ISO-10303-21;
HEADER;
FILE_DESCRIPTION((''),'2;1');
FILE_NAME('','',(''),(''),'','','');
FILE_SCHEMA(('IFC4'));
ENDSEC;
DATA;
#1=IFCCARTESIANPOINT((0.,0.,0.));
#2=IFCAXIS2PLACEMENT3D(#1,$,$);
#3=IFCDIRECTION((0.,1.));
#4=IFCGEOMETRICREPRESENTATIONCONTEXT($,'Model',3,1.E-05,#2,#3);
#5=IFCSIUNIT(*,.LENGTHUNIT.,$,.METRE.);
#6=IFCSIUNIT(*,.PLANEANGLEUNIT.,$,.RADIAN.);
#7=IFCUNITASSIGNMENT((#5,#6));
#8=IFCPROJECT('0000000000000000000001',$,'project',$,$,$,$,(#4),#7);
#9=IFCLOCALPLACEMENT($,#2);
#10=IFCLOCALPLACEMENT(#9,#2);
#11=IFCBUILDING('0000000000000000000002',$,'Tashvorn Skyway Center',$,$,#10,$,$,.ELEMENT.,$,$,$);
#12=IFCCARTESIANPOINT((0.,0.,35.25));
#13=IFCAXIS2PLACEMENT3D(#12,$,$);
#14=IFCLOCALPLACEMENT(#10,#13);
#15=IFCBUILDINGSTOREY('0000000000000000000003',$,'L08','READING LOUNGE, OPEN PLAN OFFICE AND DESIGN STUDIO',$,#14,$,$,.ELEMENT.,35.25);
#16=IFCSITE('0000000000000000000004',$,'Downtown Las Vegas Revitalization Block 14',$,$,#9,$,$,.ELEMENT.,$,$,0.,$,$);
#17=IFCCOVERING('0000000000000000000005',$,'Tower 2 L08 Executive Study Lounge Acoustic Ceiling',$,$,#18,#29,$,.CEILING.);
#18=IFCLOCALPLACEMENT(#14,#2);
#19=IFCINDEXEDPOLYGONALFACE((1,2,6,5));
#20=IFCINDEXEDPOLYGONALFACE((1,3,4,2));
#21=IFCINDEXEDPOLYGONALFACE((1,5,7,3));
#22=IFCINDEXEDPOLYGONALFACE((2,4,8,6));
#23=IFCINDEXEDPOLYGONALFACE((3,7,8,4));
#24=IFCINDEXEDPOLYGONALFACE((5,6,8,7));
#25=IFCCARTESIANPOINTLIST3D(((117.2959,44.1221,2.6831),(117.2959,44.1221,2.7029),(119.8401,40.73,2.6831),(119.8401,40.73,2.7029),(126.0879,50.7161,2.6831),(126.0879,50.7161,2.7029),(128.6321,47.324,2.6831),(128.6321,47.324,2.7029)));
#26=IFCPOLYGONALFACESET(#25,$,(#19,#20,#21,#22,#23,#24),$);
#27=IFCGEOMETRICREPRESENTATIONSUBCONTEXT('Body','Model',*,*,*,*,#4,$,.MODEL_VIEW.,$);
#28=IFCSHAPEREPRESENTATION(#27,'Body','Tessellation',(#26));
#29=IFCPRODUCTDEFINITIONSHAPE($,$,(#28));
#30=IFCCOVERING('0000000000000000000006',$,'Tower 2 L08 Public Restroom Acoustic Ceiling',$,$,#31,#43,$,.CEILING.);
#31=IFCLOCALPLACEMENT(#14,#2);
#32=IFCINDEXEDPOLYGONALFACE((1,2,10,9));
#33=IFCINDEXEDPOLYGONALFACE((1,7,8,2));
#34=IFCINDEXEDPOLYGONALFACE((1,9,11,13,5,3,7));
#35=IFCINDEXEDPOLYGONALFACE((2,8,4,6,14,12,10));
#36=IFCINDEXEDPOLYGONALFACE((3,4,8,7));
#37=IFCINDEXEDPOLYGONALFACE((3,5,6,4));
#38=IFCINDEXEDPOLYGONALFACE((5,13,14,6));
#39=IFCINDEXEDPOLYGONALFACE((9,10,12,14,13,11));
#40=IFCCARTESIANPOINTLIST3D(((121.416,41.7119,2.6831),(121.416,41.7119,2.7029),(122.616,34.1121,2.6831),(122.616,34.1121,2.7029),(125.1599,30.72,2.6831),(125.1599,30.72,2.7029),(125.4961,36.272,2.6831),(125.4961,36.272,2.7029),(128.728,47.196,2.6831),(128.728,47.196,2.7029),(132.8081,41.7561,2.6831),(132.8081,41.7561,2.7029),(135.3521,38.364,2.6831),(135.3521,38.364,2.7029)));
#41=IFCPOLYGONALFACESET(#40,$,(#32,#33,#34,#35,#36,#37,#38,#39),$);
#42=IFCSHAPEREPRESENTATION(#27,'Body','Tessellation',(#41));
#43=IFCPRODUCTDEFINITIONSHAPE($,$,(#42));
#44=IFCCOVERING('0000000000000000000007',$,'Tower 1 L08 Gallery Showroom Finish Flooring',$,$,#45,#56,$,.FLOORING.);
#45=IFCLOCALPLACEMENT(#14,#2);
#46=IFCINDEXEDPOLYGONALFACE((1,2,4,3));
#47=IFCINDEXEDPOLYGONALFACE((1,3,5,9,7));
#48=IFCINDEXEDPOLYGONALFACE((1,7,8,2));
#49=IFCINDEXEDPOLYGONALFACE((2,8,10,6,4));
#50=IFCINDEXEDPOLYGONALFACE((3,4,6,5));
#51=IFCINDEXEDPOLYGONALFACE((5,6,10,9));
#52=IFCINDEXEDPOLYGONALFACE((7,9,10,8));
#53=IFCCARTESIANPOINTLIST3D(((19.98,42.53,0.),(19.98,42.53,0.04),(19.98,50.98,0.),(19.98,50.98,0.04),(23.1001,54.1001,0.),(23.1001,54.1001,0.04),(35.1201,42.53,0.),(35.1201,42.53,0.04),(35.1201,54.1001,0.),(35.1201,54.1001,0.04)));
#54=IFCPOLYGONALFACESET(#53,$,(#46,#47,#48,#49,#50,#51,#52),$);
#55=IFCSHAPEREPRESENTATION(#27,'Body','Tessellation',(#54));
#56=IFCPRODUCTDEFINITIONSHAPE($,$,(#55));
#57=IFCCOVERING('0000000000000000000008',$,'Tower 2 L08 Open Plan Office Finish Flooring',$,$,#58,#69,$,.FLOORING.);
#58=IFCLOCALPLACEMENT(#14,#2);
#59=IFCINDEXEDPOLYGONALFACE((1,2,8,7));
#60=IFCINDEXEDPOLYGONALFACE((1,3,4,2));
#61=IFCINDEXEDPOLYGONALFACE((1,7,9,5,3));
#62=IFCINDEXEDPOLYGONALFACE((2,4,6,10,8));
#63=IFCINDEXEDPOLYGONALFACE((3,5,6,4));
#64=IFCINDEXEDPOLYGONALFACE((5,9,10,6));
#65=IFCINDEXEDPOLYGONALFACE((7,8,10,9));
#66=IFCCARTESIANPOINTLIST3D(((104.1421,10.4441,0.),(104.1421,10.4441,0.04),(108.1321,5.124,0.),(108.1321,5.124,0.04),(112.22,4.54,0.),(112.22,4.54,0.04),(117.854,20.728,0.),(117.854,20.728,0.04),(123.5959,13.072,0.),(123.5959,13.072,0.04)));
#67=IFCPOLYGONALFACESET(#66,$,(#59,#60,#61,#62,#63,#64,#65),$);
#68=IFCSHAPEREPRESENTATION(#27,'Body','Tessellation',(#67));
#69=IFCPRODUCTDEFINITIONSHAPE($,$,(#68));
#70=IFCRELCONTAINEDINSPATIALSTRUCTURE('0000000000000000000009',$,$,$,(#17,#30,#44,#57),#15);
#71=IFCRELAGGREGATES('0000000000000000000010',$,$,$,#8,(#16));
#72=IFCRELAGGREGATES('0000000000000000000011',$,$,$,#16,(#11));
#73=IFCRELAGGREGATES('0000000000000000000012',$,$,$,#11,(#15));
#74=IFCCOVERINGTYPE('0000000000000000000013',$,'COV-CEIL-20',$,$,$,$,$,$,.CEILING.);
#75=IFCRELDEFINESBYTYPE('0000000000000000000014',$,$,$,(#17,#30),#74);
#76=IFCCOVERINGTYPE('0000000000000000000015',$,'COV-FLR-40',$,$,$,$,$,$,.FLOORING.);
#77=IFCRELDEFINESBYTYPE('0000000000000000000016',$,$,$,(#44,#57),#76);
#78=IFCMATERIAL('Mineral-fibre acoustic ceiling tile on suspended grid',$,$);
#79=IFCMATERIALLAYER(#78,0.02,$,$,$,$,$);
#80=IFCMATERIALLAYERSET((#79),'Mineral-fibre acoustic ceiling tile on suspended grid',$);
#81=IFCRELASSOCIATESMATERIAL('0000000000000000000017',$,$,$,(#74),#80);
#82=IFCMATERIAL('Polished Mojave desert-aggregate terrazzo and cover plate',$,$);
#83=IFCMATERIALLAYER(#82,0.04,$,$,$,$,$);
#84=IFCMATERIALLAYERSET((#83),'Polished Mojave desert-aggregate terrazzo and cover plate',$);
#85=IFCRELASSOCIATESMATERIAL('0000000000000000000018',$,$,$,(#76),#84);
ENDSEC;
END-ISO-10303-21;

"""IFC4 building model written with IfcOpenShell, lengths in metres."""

from ifc_helpers import new_model, si_unit, direction, frame, origin, place, context, subcontext, project, spatial, polyline, outline, extrude, material, layer, layer_set, type_object, element, save


model = new_model("IFC4")

# Units and contexts
model_context = context("Model", 3, precision=1e-05, world=origin(), true_north=direction((0.0, 1.0)))
body_context = subcontext(model_context, "Body", "Model", "MODEL_VIEW")
ifc_project = project(units=[si_unit("LENGTHUNIT", "METRE"), si_unit("PLANEANGLEUNIT", "RADIAN")], contexts=[model_context])

# Site, building, storey
site_placement = place(None, origin())
site = spatial("IfcSite", under=ifc_project, at=site_placement, Name="Downtown Las Vegas Revitalization Block 14", CompositionType="ELEMENT", RefElevation=0.0)
building_placement = place(site_placement, origin())
building = spatial("IfcBuilding", under=site, at=building_placement, Name="Tashvorn Skyway Center", CompositionType="ELEMENT")
storey_placement = place(building_placement, frame((0.0, 0.0, 35.25)))
storey = spatial("IfcBuildingStorey", under=building, at=storey_placement, Name="L08", Description="READING LOUNGE, OPEN PLAN OFFICE AND DESIGN STUDIO", CompositionType="ELEMENT", Elevation=35.25)

# Coverings
ifc_material_1 = material(Name="Mineral-fibre acoustic ceiling tile on suspended grid")
ifc_layer_1 = layer(ifc_material_1, 0.02)
ifc_layer_set_1 = layer_set([ifc_layer_1], Name="Mineral-fibre acoustic ceiling tile on suspended grid")
covering_type_1 = type_object("IfcCoveringType", Name="COV-CEIL-20", PredefinedType="CEILING", material=ifc_layer_set_1)
covering_1_placement = place(storey_placement, frame((0.0, 0.0, 2.6831)))
element("IfcCovering", 1, at=covering_1_placement, inside=storey, type_object=covering_type_1, Name="Tower 2 L08 Executive Study Lounge Acoustic Ceiling", PredefinedType="CEILING", context=body_context, shape_type="SweptSolid", body=[
    extrude(outline(polyline([(119.8401, 40.73), (117.2959, 44.1221), (126.0879, 50.7161), (128.6321, 47.324), (119.8401, 40.73)])), origin(), (0.0, 0.0, 1.0), 0.0198),
])
covering_2_placement = place(storey_placement, frame((0.0, 0.0, 2.6831)))
element("IfcCovering", 2, at=covering_2_placement, inside=storey, type_object=covering_type_1, Name="Tower 2 L08 Public Restroom Acoustic Ceiling", PredefinedType="CEILING", context=body_context, shape_type="SweptSolid", body=[
    extrude(outline(polyline([(125.1599, 30.72), (122.616, 34.1121), (125.4961, 36.272), (121.416, 41.7119), (128.728, 47.196), (132.8081, 41.7561), (135.3521, 38.364), (125.1599, 30.72)])), origin(), (0.0, 0.0, 1.0), 0.0198),
])
ifc_material_2 = material(Name="Polished Mojave desert-aggregate terrazzo and cover plate")
ifc_layer_2 = layer(ifc_material_2, 0.04)
ifc_layer_set_2 = layer_set([ifc_layer_2], Name="Polished Mojave desert-aggregate terrazzo and cover plate")
covering_type_2 = type_object("IfcCoveringType", Name="COV-FLR-40", PredefinedType="FLOORING", material=ifc_layer_set_2)
covering_3_placement = place(storey_placement, origin())
element("IfcCovering", 3, at=covering_3_placement, inside=storey, type_object=covering_type_2, Name="Tower 1 L08 Gallery Showroom Finish Flooring", PredefinedType="FLOORING", context=body_context, shape_type="SweptSolid", body=[
    extrude(outline(polyline([(35.1201, 42.53), (19.98, 42.53), (19.98, 50.98), (23.1001, 54.1001), (35.1201, 54.1001), (35.1201, 42.53)])), origin(), (0.0, 0.0, 1.0), 0.04),
])
covering_4_placement = place(storey_placement, origin())
element("IfcCovering", 4, at=covering_4_placement, inside=storey, type_object=covering_type_2, Name="Tower 2 L08 Open Plan Office Finish Flooring", PredefinedType="FLOORING", context=body_context, shape_type="SweptSolid", body=[
    extrude(outline(polyline([(112.22, 4.54), (108.1321, 5.124), (104.1421, 10.4441), (117.854, 20.728), (123.5959, 13.072), (112.22, 4.54)])), origin(), (0.0, 0.0, 1.0), 0.04),
])

save(model, "model.ifc")
